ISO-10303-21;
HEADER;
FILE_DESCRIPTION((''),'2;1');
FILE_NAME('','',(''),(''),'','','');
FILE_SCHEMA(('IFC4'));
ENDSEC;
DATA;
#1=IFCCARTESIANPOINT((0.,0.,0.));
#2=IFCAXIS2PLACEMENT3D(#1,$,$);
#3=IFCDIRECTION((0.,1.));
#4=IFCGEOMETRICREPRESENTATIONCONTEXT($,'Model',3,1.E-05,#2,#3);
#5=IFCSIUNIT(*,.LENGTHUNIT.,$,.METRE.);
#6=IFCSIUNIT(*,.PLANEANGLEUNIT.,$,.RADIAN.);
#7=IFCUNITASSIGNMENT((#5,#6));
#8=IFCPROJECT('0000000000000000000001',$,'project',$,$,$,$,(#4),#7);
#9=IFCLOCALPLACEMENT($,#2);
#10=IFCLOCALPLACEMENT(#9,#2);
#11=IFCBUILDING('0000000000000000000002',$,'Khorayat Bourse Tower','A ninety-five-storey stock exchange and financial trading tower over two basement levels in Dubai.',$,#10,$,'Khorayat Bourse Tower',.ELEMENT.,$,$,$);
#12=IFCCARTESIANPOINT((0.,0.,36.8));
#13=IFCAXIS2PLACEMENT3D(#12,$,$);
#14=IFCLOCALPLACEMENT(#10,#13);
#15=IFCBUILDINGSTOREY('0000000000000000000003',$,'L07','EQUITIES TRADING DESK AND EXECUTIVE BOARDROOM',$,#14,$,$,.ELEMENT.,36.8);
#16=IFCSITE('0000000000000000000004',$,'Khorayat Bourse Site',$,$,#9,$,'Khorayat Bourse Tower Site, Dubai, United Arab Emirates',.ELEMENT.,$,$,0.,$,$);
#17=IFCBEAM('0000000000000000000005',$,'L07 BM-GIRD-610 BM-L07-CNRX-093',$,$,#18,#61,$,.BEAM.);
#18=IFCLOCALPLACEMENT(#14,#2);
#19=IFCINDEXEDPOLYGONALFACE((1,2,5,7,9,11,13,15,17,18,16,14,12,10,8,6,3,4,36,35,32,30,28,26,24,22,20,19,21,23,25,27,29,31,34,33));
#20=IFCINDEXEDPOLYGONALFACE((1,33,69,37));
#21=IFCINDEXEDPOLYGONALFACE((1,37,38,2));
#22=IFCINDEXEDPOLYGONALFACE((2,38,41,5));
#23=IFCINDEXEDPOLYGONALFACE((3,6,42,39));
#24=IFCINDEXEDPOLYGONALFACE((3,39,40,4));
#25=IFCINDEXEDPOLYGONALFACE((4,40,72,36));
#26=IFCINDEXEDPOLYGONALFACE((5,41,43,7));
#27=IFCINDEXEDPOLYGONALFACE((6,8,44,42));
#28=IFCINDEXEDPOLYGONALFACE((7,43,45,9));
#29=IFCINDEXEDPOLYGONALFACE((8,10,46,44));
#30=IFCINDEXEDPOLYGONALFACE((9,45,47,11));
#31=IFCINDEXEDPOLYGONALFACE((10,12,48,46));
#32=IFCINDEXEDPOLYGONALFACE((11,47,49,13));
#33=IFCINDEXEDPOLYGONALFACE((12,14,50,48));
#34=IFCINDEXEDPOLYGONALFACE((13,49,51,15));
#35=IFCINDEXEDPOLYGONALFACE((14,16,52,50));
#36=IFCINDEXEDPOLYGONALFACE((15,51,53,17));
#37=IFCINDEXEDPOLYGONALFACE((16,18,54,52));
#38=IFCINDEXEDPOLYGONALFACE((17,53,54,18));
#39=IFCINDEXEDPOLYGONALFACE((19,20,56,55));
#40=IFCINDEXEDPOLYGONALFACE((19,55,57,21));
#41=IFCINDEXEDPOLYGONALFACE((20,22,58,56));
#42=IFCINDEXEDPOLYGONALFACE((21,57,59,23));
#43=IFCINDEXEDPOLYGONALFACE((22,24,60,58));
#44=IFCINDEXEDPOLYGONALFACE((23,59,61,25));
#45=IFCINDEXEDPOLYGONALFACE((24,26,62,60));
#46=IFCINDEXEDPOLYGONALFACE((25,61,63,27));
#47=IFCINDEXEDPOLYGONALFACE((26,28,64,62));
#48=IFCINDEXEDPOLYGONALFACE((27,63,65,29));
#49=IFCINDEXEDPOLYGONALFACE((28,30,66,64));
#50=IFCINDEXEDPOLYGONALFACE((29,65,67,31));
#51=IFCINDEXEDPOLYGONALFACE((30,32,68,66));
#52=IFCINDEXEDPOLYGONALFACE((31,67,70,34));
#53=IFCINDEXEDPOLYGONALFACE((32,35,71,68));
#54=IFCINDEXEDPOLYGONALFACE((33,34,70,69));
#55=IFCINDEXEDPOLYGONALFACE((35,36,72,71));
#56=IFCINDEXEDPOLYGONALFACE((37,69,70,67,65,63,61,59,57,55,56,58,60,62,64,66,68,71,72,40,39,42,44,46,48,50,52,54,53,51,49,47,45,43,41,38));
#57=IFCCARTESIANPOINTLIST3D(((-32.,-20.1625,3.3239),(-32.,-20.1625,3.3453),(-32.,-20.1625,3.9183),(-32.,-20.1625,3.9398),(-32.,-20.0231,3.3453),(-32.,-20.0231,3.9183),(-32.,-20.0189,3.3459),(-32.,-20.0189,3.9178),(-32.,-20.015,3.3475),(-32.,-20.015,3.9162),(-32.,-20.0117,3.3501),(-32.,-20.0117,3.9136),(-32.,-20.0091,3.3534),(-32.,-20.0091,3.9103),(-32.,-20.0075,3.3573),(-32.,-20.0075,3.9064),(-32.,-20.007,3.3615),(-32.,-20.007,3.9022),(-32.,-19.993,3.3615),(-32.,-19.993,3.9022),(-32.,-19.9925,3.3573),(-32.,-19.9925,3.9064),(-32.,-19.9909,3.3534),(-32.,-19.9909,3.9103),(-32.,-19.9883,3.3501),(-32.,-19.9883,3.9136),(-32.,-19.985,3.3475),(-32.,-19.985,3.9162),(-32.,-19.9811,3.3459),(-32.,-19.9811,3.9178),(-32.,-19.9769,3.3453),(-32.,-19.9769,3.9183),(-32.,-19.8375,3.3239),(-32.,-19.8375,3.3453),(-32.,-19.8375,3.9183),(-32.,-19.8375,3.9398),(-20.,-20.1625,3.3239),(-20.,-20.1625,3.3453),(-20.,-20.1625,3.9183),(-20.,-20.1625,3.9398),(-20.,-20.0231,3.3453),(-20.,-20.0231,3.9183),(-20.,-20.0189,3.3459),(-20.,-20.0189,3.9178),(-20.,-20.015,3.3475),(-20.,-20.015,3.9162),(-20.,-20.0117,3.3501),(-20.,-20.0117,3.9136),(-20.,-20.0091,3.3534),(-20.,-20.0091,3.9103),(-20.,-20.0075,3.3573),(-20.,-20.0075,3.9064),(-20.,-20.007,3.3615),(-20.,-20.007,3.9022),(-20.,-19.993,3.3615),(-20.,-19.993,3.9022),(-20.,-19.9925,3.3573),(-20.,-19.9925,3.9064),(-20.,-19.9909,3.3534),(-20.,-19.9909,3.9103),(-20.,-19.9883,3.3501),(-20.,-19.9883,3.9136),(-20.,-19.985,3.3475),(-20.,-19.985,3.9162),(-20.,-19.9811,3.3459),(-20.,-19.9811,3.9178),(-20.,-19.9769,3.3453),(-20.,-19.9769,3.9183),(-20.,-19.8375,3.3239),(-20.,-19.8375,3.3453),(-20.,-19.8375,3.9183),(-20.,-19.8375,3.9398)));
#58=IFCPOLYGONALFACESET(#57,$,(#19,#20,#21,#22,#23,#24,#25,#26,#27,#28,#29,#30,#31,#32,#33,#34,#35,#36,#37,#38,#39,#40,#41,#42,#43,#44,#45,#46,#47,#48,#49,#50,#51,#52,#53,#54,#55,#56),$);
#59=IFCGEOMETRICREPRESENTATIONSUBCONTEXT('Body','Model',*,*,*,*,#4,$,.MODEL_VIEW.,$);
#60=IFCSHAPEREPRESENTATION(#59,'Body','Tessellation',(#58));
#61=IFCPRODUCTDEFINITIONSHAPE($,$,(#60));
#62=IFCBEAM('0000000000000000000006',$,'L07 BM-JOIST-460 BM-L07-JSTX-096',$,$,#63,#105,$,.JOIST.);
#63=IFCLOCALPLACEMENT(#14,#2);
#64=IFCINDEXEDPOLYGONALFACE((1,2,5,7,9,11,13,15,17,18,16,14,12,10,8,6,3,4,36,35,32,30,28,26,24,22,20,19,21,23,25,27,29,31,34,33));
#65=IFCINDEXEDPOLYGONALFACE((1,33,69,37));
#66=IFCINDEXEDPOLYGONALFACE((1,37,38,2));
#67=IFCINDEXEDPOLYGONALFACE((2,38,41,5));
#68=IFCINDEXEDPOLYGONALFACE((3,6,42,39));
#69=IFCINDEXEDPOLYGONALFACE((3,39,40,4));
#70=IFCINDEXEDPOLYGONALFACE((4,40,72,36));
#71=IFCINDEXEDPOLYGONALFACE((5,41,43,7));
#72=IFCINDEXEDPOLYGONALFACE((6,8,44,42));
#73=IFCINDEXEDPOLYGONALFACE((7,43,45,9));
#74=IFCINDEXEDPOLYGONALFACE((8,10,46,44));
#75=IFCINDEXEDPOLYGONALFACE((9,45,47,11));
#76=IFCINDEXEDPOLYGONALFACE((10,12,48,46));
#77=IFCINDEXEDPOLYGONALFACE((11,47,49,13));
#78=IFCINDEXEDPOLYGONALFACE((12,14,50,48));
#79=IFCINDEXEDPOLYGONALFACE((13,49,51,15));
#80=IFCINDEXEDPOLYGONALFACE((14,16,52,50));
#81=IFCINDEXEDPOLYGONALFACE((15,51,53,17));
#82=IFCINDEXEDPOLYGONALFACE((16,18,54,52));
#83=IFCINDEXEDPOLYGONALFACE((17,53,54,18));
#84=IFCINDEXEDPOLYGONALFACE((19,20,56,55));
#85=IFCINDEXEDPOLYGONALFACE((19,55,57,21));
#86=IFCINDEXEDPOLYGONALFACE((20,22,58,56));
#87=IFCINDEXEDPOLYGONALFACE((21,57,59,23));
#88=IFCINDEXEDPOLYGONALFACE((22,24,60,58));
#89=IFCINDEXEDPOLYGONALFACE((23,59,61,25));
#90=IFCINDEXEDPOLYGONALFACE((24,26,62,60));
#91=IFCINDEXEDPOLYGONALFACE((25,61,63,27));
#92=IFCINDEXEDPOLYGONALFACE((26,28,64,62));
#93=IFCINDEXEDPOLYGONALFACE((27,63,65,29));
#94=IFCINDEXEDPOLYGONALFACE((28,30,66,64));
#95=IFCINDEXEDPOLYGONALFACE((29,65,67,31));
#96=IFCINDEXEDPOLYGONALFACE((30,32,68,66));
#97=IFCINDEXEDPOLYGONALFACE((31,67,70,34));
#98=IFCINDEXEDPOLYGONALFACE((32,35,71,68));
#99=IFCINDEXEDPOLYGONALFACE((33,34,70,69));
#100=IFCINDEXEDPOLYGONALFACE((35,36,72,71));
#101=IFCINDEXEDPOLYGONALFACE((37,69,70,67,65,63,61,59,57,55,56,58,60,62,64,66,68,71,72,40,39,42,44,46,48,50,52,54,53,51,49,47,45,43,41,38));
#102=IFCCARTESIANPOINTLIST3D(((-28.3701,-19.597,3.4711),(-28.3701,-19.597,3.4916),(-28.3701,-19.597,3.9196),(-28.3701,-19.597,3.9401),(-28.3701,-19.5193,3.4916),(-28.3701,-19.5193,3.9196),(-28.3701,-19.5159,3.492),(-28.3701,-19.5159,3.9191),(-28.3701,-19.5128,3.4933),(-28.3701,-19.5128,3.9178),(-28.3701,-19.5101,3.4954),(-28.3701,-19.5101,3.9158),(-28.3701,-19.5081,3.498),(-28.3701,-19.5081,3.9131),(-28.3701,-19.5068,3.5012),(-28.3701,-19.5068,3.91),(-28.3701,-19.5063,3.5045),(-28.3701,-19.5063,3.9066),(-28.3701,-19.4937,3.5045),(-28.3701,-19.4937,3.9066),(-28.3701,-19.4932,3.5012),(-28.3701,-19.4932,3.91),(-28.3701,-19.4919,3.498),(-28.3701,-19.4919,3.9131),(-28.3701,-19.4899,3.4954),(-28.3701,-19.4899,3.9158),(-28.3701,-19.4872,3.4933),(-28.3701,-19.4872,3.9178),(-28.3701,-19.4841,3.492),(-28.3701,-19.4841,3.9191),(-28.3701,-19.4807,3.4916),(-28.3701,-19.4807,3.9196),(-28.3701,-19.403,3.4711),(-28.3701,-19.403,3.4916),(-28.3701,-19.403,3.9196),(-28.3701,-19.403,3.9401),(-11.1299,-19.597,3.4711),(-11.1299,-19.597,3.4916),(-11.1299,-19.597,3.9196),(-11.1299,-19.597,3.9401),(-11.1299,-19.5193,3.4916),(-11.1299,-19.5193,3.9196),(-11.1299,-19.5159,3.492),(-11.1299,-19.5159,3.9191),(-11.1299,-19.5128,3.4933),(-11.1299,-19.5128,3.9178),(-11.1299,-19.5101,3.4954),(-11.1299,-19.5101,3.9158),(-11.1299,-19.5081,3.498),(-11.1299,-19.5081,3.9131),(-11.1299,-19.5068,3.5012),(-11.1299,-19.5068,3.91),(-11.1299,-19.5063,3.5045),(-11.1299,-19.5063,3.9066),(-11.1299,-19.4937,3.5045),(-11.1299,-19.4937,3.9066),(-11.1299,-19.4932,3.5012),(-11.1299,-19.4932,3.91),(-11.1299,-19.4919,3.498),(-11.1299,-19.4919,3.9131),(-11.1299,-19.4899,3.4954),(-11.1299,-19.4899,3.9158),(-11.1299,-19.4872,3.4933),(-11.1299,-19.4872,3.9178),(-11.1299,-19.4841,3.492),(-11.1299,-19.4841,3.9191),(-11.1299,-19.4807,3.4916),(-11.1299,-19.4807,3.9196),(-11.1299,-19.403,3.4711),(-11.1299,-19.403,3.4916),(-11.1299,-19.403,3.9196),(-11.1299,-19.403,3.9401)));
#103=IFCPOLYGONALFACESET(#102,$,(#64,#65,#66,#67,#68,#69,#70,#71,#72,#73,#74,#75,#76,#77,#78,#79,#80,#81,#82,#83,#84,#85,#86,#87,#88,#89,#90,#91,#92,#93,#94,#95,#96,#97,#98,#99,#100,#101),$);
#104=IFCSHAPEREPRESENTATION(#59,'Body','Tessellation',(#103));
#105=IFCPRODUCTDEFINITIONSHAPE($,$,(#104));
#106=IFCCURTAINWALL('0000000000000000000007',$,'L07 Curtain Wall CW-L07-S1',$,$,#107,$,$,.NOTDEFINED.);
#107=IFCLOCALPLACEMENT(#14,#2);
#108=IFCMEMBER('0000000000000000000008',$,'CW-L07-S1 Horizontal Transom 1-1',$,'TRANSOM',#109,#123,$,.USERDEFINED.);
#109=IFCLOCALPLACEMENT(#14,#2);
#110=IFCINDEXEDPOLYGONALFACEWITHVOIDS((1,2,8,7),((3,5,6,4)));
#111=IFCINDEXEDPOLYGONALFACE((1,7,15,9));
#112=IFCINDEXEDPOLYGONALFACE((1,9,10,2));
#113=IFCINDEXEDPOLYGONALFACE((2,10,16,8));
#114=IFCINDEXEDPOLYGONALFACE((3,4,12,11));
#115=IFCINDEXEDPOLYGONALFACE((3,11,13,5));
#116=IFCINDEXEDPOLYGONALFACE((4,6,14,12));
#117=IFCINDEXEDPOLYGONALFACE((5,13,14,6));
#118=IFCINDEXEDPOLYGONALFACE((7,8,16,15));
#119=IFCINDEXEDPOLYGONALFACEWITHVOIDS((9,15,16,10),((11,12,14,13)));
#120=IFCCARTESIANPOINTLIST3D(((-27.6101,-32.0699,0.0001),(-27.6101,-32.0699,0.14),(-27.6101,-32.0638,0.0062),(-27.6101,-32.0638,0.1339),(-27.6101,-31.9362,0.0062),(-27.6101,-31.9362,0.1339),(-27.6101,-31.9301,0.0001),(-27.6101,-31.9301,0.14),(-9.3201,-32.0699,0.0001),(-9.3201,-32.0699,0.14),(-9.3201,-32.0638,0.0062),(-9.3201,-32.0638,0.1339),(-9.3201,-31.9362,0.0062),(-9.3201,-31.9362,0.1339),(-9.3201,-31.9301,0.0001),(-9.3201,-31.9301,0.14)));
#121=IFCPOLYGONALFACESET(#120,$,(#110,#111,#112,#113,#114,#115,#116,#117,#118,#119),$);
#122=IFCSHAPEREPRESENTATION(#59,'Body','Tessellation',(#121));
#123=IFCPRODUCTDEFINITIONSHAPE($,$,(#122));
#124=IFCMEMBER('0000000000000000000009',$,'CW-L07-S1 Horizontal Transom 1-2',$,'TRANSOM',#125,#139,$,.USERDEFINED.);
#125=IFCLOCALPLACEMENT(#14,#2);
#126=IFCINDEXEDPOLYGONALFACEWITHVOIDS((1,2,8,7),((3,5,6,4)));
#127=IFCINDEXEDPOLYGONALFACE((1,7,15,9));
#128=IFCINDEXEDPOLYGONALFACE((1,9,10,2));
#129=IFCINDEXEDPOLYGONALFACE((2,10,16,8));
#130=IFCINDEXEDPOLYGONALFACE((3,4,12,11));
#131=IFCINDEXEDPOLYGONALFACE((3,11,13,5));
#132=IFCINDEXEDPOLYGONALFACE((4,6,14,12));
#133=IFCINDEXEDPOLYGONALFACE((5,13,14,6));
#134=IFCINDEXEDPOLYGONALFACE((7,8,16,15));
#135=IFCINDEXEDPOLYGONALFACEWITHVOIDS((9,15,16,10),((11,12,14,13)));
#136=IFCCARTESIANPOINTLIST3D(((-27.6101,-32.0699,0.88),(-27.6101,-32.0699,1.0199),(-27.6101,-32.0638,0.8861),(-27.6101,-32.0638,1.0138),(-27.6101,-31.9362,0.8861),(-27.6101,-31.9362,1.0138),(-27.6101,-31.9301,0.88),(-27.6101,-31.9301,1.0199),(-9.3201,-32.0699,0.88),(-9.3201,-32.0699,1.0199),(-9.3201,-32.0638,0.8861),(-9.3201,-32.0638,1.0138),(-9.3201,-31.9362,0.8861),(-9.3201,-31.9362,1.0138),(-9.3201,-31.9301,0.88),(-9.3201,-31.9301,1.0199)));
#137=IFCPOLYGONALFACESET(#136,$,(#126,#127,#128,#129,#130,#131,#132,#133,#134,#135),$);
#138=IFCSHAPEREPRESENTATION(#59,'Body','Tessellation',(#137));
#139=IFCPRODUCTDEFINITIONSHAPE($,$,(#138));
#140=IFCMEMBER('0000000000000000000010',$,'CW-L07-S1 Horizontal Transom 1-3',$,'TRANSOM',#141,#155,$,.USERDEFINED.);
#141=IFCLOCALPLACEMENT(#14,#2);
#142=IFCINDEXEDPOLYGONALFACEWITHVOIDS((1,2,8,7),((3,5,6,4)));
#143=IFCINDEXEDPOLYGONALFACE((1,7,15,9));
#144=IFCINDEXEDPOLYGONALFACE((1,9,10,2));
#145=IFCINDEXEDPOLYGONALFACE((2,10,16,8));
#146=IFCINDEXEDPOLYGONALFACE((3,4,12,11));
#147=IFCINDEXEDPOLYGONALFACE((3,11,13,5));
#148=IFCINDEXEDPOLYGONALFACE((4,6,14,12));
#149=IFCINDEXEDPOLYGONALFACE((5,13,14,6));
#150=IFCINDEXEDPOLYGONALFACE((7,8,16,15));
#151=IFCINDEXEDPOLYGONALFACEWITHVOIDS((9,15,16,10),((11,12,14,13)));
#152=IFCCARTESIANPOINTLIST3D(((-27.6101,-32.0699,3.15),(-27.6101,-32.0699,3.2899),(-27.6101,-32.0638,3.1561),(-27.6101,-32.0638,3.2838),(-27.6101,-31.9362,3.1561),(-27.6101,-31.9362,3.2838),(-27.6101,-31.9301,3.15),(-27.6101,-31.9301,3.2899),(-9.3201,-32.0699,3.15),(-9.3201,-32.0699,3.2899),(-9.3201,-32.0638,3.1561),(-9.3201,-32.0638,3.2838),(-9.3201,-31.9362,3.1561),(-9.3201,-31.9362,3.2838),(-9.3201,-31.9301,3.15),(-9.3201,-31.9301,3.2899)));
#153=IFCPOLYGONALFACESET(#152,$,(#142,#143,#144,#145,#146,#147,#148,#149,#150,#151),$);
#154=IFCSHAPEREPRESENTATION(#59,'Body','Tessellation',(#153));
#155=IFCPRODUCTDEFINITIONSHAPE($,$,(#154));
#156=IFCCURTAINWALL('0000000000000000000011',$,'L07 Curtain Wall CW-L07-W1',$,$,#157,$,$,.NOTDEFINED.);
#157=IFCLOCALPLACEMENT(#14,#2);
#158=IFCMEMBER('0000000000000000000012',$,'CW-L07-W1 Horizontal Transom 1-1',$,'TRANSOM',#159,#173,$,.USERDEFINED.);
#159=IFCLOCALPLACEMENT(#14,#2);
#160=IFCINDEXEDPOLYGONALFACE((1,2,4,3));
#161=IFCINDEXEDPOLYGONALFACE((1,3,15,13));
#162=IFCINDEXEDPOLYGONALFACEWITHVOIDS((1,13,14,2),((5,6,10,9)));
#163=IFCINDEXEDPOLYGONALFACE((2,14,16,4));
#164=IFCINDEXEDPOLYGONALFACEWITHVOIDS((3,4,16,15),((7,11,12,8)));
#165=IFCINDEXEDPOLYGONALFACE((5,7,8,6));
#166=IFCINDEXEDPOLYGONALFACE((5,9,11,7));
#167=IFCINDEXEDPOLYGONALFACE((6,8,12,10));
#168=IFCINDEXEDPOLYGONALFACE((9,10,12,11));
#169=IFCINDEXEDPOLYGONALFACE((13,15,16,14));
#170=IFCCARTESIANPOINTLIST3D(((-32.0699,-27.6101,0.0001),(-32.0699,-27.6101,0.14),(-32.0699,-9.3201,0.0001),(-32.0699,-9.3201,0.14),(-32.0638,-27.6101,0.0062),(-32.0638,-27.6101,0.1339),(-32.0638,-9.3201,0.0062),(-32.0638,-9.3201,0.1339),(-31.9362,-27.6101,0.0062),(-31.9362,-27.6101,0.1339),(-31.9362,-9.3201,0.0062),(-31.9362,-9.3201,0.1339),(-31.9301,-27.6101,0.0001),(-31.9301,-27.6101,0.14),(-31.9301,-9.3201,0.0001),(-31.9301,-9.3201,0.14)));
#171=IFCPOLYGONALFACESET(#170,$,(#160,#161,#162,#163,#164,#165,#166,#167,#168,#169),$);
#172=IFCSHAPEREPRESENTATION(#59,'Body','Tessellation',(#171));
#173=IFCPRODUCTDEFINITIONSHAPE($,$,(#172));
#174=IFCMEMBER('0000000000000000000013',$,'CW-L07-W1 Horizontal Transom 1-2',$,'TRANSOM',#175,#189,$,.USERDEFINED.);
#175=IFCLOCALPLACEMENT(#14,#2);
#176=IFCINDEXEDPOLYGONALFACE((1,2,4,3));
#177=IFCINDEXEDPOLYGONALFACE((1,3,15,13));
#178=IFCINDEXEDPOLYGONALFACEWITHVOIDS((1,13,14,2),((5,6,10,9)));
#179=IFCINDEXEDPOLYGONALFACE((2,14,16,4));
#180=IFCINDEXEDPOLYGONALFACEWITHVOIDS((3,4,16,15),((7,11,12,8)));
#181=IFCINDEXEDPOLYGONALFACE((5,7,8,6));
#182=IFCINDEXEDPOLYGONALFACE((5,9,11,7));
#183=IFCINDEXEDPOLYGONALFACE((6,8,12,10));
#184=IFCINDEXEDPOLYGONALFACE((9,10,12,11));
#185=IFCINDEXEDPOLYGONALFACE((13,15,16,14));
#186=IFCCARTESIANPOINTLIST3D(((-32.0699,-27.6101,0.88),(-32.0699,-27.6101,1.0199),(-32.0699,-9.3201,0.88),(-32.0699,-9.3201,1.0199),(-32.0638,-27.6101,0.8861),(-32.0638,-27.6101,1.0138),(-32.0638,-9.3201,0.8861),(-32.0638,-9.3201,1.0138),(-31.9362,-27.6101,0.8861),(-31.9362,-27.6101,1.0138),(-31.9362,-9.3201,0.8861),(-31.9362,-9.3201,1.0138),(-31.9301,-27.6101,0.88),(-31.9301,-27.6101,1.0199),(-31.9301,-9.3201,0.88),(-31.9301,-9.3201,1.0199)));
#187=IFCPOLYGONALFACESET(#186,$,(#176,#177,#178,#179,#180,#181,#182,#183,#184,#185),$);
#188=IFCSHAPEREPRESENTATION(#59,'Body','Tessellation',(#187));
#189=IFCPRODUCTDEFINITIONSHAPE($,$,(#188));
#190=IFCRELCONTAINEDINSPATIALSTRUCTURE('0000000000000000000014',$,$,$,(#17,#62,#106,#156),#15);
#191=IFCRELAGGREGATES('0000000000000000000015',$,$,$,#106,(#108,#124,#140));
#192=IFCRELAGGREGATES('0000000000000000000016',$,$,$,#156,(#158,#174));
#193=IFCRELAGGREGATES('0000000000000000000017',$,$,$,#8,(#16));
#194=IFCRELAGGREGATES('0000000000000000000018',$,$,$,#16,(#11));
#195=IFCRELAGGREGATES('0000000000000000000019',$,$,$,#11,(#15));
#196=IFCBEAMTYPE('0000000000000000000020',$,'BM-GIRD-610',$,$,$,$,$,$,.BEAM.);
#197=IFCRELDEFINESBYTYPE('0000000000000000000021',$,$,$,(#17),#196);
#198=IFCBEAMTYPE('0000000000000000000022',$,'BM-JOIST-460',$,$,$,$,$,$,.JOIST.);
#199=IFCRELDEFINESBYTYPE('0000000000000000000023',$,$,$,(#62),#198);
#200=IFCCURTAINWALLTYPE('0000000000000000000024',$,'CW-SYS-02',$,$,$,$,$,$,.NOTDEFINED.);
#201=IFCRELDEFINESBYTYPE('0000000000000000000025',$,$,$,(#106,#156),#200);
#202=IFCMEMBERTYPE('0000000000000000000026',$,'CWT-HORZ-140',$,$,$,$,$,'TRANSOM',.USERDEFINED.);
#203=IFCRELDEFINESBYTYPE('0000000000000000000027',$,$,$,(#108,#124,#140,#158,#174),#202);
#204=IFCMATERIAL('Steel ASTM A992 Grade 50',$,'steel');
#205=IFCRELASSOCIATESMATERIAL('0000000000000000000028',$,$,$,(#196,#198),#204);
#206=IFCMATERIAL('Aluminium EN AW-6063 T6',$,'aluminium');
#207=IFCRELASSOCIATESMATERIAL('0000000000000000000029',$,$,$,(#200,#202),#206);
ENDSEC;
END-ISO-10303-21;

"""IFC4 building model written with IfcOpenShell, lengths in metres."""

from ifc_helpers import new_model, si_unit, direction, frame, origin, origin_2d, place, context, subcontext, project, spatial, hollow_rectangle, i_section, extrude, source, transform, mapped, material, material_profile, profile_set, type_object, element, aggregate, save


model = new_model("IFC4")

# Units and contexts
model_context = context("Model", 3, precision=1e-05, world=origin(), true_north=direction((0.0, 1.0)))
body_context = subcontext(model_context, "Body", "Model", "MODEL_VIEW")
ifc_project = project(units=[si_unit("LENGTHUNIT", "METRE"), si_unit("PLANEANGLEUNIT", "RADIAN")], contexts=[model_context])

# Site, building, storey
site_placement = place(None, origin())
site = spatial("IfcSite", under=ifc_project, at=site_placement, Name="Khorayat Bourse Site", LongName="Khorayat Bourse Tower Site, Dubai, United Arab Emirates", CompositionType="ELEMENT", RefElevation=0.0)
building_placement = place(site_placement, origin())
building = spatial("IfcBuilding", under=site, at=building_placement, Name="Khorayat Bourse Tower", Description="A ninety-five-storey stock exchange and financial trading tower over two basement levels in Dubai.", LongName="Khorayat Bourse Tower", CompositionType="ELEMENT")
storey_placement = place(building_placement, frame((0.0, 0.0, 36.8)))
storey = spatial("IfcBuildingStorey", under=building, at=storey_placement, Name="L07", Description="EQUITIES TRADING DESK AND EXECUTIVE BOARDROOM", CompositionType="ELEMENT", Elevation=36.8)

# Beams
ifc_material_1 = material(Name="Steel ASTM A992 Grade 50", Category="steel")
ifc_material_profile_1 = material_profile(ifc_material_1, i_section(OverallWidth=0.325, OverallDepth=0.616, WebThickness=0.0139, FlangeThickness=0.0215, FilletRadius=0.0161, at=origin_2d()), Name="W610X174")
ifc_profile_set_1 = profile_set([ifc_material_profile_1], Name="Steel ASTM A992 Grade 50")
beam_type_1 = type_object("IfcBeamType", Name="BM-GIRD-610", PredefinedType="BEAM", material=ifc_profile_set_1)
shared_shape_1 = source(origin(), body_context, "Body", "SweptSolid", [
    extrude(i_section(OverallWidth=0.325, OverallDepth=0.616, WebThickness=0.0139, FlangeThickness=0.0215, FilletRadius=0.0161, at=origin_2d()), origin(), (0.0, 0.0, 1.0), 12.0),
])
beam_1_placement = place(storey_placement, frame((-32.0, -20.0, 3.6318), z_axis=(1.0, 0.0, 0.0), x_axis=(0.0, 1.0, 0.0)))
element("IfcBeam", 1, at=beam_1_placement, inside=storey, type_object=beam_type_1, Name="L07 BM-GIRD-610 BM-L07-CNRX-093", PredefinedType="BEAM", context=body_context, shape_type="MappedRepresentation", body=[
    mapped(shared_shape_1, transform((0.0, 0.0, 0.0), scale=1.0)),
])
ifc_material_profile_2 = material_profile(ifc_material_1, i_section(OverallWidth=0.1941, OverallDepth=0.469, WebThickness=0.0127, FlangeThickness=0.0205, FilletRadius=0.0129, at=origin_2d()), Name="W460X106")
ifc_profile_set_2 = profile_set([ifc_material_profile_2], Name="Steel ASTM A992 Grade 50")
beam_type_2 = type_object("IfcBeamType", Name="BM-JOIST-460", PredefinedType="JOIST", material=ifc_profile_set_2)
shared_shape_2 = source(origin(), body_context, "Body", "SweptSolid", [
    extrude(i_section(OverallWidth=0.1941, OverallDepth=0.469, WebThickness=0.0127, FlangeThickness=0.0205, FilletRadius=0.0129, at=origin_2d()), origin(), (0.0, 0.0, 1.0), 17.2402),
])
beam_2_placement = place(storey_placement, frame((-28.3701, -19.5, 3.7056), z_axis=(1.0, 0.0, 0.0), x_axis=(0.0, 1.0, 0.0)))
element("IfcBeam", 2, at=beam_2_placement, inside=storey, type_object=beam_type_2, Name="L07 BM-JOIST-460 BM-L07-JSTX-096", PredefinedType="JOIST", context=body_context, shape_type="MappedRepresentation", body=[
    mapped(shared_shape_2, transform((0.0, 0.0, 0.0), scale=1.0)),
])

# Curtain walls, members
ifc_material_2 = material(Name="Aluminium EN AW-6063 T6", Category="aluminium")
curtain_wall_type = type_object("IfcCurtainWallType", Name="CW-SYS-02", PredefinedType="NOTDEFINED", material=ifc_material_2)
curtain_wall_1_placement = place(storey_placement, origin())
curtain_wall_1 = element("IfcCurtainWall", 3, at=curtain_wall_1_placement, inside=storey, type_object=curtain_wall_type, Name="L07 Curtain Wall CW-L07-S1", PredefinedType="NOTDEFINED")
ifc_material_profile_3 = material_profile(ifc_material_2, hollow_rectangle(XDim=0.1399, YDim=0.1399, WallThickness=0.0061, at=origin_2d()), Name="ALU 140x140x6")
ifc_profile_set_3 = profile_set([ifc_material_profile_3], Name="Aluminium EN AW-6063 T6")
member_type_1 = type_object("IfcMemberType", Name="CWT-HORZ-140", ElementType="TRANSOM", PredefinedType="USERDEFINED", material=ifc_profile_set_3)
shared_shape_3 = source(origin(), body_context, "Body", "SweptSolid", [
    extrude(hollow_rectangle(XDim=0.1399, YDim=0.1399, WallThickness=0.0061, at=origin_2d()), origin(), (0.0, 0.0, 1.0), 18.29),
])
member_1_placement = place(storey_placement, frame((-27.6101, -32.0, 0.0701), z_axis=(1.0, 0.0, 0.0), x_axis=(0.0, 1.0, 0.0)))
member_1 = element("IfcMember", 4, at=member_1_placement, type_object=member_type_1, Name="CW-L07-S1 Horizontal Transom 1-1", ObjectType="TRANSOM", PredefinedType="USERDEFINED", context=body_context, shape_type="MappedRepresentation", body=[
    mapped(shared_shape_3, transform((0.0, 0.0, 0.0), scale=1.0)),
])
member_2_placement = place(storey_placement, frame((-27.6101, -32.0, 0.95), z_axis=(1.0, 0.0, 0.0), x_axis=(0.0, 1.0, 0.0)))
member_2 = element("IfcMember", 5, at=member_2_placement, type_object=member_type_1, Name="CW-L07-S1 Horizontal Transom 1-2", ObjectType="TRANSOM", PredefinedType="USERDEFINED", context=body_context, shape_type="MappedRepresentation", body=[
    mapped(shared_shape_3, transform((0.0, 0.0, 0.0), scale=1.0)),
])
member_3_placement = place(storey_placement, frame((-27.6101, -32.0, 3.22), z_axis=(1.0, 0.0, 0.0), x_axis=(0.0, 1.0, 0.0)))
member_3 = element("IfcMember", 6, at=member_3_placement, type_object=member_type_1, Name="CW-L07-S1 Horizontal Transom 1-3", ObjectType="TRANSOM", PredefinedType="USERDEFINED", context=body_context, shape_type="MappedRepresentation", body=[
    mapped(shared_shape_3, transform((0.0, 0.0, 0.0), scale=1.0)),
])
curtain_wall_2_placement = place(storey_placement, origin())
curtain_wall_2 = element("IfcCurtainWall", 7, at=curtain_wall_2_placement, inside=storey, type_object=curtain_wall_type, Name="L07 Curtain Wall CW-L07-W1", PredefinedType="NOTDEFINED")
member_4_placement = place(storey_placement, frame((-32.0, -27.6101, 0.0701), z_axis=(0.0, 1.0, 0.0), x_axis=(-1.0, 0.0, 0.0)))
member_4 = element("IfcMember", 8, at=member_4_placement, type_object=member_type_1, Name="CW-L07-W1 Horizontal Transom 1-1", ObjectType="TRANSOM", PredefinedType="USERDEFINED", context=body_context, shape_type="MappedRepresentation", body=[
    mapped(shared_shape_3, transform((0.0, 0.0, 0.0), scale=1.0)),
])
member_5_placement = place(storey_placement, frame((-32.0, -27.6101, 0.95), z_axis=(0.0, 1.0, 0.0), x_axis=(-1.0, 0.0, 0.0)))
member_5 = element("IfcMember", 9, at=member_5_placement, type_object=member_type_1, Name="CW-L07-W1 Horizontal Transom 1-2", ObjectType="TRANSOM", PredefinedType="USERDEFINED", context=body_context, shape_type="MappedRepresentation", body=[
    mapped(shared_shape_3, transform((0.0, 0.0, 0.0), scale=1.0)),
])

aggregate(curtain_wall_1, [member_1, member_2, member_3])
aggregate(curtain_wall_2, [member_4, member_5])

save(model, "model.ifc")
